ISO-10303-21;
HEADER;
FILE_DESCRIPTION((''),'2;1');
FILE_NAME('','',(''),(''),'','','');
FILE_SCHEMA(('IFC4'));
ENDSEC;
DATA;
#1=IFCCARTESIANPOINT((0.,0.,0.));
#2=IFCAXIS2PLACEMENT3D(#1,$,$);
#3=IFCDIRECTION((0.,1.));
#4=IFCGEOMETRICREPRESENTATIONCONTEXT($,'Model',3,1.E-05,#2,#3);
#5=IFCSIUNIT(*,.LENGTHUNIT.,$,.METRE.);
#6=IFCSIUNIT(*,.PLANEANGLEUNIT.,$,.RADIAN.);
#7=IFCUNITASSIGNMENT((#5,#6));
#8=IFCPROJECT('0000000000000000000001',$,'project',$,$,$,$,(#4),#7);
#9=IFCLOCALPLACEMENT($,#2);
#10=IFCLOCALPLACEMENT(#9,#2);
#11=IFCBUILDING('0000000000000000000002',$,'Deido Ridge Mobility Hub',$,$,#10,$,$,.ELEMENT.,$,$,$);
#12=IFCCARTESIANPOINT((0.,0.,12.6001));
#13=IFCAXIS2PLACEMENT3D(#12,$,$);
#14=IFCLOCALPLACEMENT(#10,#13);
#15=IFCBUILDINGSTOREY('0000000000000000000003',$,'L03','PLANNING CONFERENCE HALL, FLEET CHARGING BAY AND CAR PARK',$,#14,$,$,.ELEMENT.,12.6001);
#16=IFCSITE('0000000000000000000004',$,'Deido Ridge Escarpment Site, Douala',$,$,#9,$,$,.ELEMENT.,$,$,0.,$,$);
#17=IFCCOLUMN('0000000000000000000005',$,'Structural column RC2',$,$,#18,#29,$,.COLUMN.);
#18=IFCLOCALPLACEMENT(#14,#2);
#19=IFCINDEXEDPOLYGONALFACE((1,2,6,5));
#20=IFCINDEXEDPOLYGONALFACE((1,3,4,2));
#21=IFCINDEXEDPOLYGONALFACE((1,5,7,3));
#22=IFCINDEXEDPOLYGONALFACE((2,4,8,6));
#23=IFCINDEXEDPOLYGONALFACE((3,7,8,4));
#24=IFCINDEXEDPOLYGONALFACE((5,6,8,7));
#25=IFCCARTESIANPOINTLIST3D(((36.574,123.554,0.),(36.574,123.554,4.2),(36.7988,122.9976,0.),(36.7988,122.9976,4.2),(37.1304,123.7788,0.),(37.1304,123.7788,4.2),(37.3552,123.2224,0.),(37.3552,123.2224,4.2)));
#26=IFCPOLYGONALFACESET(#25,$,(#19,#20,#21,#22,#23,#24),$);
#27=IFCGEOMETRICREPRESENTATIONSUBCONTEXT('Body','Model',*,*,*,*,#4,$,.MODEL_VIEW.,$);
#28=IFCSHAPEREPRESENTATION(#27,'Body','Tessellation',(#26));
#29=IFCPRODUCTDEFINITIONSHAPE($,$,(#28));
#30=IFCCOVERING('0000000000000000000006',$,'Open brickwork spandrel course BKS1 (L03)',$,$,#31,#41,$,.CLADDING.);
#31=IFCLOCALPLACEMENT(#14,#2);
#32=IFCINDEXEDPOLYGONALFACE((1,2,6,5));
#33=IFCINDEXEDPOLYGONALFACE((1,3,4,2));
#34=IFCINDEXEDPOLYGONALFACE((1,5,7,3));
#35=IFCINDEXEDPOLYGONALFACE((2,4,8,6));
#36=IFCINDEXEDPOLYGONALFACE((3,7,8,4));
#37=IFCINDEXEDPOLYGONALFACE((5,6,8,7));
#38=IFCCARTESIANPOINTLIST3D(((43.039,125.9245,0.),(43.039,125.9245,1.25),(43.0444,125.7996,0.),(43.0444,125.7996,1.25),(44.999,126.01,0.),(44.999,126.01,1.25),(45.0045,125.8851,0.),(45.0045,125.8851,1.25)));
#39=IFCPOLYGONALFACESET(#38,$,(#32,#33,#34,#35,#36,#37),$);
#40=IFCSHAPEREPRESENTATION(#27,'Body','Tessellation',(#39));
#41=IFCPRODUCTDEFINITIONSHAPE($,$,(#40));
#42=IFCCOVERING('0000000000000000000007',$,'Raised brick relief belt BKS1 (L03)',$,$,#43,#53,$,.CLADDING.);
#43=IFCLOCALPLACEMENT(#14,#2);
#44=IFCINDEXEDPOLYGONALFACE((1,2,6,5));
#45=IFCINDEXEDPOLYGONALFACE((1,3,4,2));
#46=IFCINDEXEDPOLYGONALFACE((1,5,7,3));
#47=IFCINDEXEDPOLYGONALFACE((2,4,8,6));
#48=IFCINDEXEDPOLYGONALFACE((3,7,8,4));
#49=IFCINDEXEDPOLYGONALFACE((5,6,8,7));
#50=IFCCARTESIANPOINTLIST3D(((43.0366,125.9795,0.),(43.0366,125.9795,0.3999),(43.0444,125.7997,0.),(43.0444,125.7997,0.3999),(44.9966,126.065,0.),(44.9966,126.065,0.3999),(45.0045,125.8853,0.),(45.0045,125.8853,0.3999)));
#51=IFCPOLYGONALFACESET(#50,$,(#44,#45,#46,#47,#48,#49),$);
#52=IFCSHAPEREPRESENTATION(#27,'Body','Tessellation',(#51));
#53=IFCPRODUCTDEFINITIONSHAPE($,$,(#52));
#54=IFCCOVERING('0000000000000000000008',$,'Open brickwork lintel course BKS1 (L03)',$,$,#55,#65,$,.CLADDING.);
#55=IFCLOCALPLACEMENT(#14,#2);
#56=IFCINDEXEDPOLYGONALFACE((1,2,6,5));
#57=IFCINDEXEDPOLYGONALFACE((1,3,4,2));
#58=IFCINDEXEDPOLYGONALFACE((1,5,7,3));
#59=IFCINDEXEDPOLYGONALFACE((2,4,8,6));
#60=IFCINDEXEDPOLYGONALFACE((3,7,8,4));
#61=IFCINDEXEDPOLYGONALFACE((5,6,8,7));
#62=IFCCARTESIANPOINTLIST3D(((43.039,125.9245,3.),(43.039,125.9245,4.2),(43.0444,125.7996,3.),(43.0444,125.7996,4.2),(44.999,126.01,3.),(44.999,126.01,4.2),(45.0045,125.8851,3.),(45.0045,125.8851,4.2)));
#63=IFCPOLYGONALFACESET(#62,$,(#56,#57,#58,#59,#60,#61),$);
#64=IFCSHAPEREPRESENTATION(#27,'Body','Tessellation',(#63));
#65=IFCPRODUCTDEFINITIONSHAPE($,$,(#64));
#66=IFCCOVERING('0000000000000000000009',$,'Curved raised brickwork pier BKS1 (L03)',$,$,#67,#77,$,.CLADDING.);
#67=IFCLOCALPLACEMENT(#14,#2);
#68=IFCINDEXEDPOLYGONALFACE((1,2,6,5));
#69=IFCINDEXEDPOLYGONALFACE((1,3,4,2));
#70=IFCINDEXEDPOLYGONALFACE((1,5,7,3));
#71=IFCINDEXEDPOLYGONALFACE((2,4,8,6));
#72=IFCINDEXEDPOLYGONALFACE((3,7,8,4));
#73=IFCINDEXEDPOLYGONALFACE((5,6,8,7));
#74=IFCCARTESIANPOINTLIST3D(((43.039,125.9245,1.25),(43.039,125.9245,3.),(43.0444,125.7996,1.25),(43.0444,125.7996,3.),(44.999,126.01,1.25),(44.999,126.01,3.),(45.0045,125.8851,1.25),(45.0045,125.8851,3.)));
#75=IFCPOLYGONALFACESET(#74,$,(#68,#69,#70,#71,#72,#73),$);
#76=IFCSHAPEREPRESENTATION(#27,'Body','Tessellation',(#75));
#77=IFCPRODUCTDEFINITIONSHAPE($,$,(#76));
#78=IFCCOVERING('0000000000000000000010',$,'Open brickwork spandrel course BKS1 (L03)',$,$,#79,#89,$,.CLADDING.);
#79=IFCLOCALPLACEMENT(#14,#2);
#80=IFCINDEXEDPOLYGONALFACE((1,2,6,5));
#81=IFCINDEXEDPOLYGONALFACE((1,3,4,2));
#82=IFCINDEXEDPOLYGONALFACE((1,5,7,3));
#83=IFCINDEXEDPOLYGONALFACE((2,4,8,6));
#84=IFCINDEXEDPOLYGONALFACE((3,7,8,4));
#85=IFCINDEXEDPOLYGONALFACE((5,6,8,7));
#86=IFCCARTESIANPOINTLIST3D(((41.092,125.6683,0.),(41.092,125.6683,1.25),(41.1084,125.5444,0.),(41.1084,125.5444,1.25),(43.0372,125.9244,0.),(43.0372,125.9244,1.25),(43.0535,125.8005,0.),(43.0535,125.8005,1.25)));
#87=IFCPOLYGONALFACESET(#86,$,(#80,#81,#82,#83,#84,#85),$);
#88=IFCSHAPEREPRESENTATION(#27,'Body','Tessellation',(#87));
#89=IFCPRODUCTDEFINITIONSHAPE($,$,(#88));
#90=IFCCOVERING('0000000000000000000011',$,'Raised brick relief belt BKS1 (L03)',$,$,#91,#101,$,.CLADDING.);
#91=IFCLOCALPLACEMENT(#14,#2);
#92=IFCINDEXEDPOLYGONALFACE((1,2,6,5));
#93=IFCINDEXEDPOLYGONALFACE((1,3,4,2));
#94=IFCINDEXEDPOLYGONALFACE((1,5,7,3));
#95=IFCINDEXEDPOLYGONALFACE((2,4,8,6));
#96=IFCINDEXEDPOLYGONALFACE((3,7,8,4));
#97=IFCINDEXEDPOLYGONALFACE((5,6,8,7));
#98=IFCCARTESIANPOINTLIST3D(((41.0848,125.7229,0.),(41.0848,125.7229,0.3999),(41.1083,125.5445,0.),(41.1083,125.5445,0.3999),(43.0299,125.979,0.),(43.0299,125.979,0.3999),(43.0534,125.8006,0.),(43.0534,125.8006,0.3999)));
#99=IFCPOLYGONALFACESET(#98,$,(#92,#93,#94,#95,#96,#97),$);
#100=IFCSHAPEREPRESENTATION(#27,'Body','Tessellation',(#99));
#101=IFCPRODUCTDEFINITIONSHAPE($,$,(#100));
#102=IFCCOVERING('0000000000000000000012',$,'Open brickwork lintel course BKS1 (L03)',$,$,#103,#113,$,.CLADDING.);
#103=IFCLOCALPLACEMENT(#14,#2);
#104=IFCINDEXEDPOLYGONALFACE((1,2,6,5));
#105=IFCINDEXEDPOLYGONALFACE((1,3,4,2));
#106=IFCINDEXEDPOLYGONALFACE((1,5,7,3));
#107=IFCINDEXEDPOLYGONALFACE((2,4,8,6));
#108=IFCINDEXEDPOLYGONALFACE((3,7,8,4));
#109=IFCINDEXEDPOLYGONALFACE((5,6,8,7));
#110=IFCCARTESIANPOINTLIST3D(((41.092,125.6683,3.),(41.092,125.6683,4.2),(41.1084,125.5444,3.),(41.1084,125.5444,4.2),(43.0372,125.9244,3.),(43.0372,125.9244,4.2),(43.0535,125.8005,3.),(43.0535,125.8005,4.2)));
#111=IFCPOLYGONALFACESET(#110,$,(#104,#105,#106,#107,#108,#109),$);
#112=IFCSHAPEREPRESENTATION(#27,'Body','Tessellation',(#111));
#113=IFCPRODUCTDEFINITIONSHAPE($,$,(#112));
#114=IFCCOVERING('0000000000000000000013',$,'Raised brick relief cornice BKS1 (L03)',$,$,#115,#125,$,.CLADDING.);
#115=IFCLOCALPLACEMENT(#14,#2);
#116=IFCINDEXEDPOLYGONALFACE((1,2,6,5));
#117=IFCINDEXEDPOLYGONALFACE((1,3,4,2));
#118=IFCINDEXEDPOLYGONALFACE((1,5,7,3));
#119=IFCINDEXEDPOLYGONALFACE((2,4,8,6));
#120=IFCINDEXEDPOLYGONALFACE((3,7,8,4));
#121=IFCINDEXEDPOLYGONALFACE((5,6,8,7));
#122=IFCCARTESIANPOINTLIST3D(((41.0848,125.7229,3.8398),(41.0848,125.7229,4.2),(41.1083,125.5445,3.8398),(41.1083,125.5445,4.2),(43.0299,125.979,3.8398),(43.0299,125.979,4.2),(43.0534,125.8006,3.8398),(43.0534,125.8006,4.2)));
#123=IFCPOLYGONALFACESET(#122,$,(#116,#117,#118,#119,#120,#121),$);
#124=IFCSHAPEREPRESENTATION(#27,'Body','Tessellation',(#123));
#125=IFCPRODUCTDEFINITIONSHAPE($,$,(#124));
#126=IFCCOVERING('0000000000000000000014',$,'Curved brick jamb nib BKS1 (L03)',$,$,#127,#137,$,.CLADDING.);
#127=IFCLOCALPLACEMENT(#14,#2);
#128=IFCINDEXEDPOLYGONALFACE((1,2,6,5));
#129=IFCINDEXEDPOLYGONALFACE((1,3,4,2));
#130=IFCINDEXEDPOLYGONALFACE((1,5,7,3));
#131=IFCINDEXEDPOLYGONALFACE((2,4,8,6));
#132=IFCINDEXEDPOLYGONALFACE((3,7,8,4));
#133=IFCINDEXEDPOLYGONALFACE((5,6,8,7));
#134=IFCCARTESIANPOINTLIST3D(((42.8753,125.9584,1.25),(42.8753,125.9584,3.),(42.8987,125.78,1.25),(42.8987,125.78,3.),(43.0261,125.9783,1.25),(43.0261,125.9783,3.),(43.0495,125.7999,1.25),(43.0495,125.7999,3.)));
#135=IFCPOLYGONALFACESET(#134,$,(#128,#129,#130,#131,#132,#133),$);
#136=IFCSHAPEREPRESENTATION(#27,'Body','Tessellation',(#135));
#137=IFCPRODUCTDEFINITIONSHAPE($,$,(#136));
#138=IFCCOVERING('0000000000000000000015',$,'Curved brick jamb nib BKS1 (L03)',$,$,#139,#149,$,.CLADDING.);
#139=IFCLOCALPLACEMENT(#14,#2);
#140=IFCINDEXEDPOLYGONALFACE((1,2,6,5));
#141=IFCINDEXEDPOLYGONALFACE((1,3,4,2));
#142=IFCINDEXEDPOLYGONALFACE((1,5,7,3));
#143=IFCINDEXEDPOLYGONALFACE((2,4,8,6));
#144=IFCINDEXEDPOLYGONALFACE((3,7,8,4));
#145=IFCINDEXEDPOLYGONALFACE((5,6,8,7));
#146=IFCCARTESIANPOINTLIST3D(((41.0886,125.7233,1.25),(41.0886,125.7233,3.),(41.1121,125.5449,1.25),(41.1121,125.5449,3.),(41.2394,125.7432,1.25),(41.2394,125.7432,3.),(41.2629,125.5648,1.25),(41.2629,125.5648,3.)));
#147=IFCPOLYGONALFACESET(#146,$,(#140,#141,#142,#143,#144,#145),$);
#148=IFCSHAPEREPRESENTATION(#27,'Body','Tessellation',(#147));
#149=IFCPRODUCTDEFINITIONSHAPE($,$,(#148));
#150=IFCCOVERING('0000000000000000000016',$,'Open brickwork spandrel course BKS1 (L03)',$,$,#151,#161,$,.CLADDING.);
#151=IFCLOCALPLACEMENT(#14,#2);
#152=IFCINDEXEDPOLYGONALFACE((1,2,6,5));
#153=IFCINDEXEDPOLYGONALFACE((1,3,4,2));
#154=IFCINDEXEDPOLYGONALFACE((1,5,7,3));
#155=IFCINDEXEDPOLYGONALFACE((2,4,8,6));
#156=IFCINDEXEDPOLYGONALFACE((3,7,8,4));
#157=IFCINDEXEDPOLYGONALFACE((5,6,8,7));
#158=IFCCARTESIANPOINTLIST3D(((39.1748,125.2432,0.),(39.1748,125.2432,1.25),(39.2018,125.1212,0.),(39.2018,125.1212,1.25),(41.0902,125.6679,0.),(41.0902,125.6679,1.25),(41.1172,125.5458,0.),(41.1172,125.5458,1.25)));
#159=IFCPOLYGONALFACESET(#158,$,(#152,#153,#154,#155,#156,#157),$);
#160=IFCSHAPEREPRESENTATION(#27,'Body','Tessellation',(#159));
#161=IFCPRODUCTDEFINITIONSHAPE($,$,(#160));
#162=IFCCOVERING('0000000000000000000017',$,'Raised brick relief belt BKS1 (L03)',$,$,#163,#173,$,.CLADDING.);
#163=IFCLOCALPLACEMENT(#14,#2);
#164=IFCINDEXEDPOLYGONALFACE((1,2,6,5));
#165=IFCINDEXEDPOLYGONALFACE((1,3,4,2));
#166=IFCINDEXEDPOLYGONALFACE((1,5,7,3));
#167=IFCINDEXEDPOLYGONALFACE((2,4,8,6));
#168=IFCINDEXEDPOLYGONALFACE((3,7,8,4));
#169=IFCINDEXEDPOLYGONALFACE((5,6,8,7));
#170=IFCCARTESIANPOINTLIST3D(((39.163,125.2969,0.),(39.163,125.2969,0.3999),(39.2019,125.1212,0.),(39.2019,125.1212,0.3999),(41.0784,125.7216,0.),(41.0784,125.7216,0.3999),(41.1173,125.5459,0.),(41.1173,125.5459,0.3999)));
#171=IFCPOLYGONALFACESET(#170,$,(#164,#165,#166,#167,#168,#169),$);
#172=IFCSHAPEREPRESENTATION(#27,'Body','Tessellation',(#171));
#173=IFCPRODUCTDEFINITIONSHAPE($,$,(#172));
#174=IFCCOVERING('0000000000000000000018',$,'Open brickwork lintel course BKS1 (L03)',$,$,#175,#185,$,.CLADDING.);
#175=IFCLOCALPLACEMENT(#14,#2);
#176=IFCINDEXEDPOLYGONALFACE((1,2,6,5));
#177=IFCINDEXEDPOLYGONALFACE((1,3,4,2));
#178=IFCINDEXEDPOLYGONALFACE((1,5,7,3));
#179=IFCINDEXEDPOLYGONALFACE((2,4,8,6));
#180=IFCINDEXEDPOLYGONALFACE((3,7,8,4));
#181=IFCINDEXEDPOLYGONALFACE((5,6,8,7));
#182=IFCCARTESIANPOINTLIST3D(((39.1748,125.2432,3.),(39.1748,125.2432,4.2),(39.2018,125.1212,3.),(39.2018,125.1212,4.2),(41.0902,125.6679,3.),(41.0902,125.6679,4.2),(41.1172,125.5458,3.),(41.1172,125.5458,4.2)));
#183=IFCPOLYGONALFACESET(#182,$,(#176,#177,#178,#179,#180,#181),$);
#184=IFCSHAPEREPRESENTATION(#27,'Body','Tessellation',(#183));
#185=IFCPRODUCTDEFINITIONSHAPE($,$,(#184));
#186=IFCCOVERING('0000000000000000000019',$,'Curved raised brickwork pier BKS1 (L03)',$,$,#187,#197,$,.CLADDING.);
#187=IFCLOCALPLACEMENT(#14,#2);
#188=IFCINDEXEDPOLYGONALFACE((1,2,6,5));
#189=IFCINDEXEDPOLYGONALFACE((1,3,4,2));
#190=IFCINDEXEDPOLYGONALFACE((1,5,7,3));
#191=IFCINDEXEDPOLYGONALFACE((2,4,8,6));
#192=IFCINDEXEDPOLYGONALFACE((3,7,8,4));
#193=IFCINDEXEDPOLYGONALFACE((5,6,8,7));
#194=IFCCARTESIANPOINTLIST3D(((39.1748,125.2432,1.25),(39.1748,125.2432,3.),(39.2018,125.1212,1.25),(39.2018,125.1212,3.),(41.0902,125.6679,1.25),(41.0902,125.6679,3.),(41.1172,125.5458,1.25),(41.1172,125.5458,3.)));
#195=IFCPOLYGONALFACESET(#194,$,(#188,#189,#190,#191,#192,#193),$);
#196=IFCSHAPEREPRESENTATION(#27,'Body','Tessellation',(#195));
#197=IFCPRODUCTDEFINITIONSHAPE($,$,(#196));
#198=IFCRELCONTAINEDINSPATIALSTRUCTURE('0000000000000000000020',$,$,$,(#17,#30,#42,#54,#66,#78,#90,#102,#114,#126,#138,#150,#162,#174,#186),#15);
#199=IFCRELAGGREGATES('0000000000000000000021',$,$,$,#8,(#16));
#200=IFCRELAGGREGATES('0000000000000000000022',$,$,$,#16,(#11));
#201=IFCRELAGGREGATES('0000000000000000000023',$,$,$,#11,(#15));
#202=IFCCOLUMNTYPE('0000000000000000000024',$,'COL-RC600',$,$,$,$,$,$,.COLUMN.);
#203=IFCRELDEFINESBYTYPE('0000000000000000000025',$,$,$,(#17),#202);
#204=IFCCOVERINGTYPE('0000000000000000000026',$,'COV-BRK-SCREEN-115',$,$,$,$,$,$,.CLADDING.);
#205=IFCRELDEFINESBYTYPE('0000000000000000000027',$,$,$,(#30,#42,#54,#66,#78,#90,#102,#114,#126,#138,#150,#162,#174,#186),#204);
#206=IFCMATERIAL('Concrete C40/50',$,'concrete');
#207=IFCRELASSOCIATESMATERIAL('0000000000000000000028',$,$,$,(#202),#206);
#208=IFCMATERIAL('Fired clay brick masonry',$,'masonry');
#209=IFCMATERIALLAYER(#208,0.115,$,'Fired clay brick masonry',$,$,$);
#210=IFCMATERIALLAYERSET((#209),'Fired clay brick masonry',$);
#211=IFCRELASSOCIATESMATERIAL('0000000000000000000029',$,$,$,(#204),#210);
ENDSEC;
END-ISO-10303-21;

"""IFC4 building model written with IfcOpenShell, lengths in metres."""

from ifc_helpers import new_model, si_unit, direction, frame, origin, origin_2d, place, context, subcontext, project, spatial, rectangle, extrude, material, layer, layer_set, material_profile, profile_set, type_object, element, save


model = new_model("IFC4")

# Units and contexts
model_context = context("Model", 3, precision=1e-05, world=origin(), true_north=direction((0.0, 1.0)))
body_context = subcontext(model_context, "Body", "Model", "MODEL_VIEW")
ifc_project = project(units=[si_unit("LENGTHUNIT", "METRE"), si_unit("PLANEANGLEUNIT", "RADIAN")], contexts=[model_context])

# Site, building, storey
site_placement = place(None, origin())
site = spatial("IfcSite", under=ifc_project, at=site_placement, Name="Deido Ridge Escarpment Site, Douala", CompositionType="ELEMENT", RefElevation=0.0)
building_placement = place(site_placement, origin())
building = spatial("IfcBuilding", under=site, at=building_placement, Name="Deido Ridge Mobility Hub", CompositionType="ELEMENT")
storey_placement = place(building_placement, frame((0.0, 0.0, 12.6001)))
storey = spatial("IfcBuildingStorey", under=building, at=storey_placement, Name="L03", Description="PLANNING CONFERENCE HALL, FLEET CHARGING BAY AND CAR PARK", CompositionType="ELEMENT", Elevation=12.6001)

# Column
ifc_material_1 = material(Name="Concrete C40/50", Category="concrete")
ifc_material_profile = material_profile(ifc_material_1, rectangle(XDim=0.6001, YDim=0.6001, at=origin_2d()), Name="RC COL 600x600")
ifc_profile_set = profile_set([ifc_material_profile], Name="Concrete C40/50")
column_type = type_object("IfcColumnType", Name="COL-RC600", PredefinedType="COLUMN", material=ifc_profile_set)
column_placement = place(storey_placement, frame((36.9646, 123.3882, 0.0), z_axis=(0.0, 0.0, 1.0), x_axis=(-0.374607, 0.927184, 0.0)))
element("IfcColumn", 1, at=column_placement, inside=storey, type_object=column_type, Name="Structural column RC2", PredefinedType="COLUMN", context=body_context, shape_type="SweptSolid", body=[
    extrude(rectangle(XDim=0.6001, YDim=0.6001, at=origin_2d()), origin(), (0.0, 0.0, 1.0), 4.2),
])

# Coverings
ifc_material_2 = material(Name="Fired clay brick masonry", Category="masonry")
ifc_layer = layer(ifc_material_2, 0.115, Name="Fired clay brick masonry")
ifc_layer_set = layer_set([ifc_layer], Name="Fired clay brick masonry")
covering_type = type_object("IfcCoveringType", Name="COV-BRK-SCREEN-115", PredefinedType="CLADDING", material=ifc_layer_set)
covering_1_placement = place(storey_placement, frame((44.0217, 125.9048, 0.0), z_axis=(0.0, 0.0, 1.0), x_axis=(-0.999049, -0.043602, 0.0)))
element("IfcCovering", 2, at=covering_1_placement, inside=storey, type_object=covering_type, Name="Open brickwork spandrel course BKS1 (L03)", PredefinedType="CLADDING", context=body_context, shape_type="SweptSolid", body=[
    extrude(rectangle(XDim=1.9619, YDim=0.125, at=origin_2d()), origin(), (0.0, 0.0, 1.0), 1.25),
])
covering_2_placement = place(storey_placement, frame((44.0205, 125.9324, 0.0), z_axis=(0.0, 0.0, 1.0), x_axis=(-0.999049, -0.043602, 0.0)))
element("IfcCovering", 3, at=covering_2_placement, inside=storey, type_object=covering_type, Name="Raised brick relief belt BKS1 (L03)", PredefinedType="CLADDING", context=body_context, shape_type="SweptSolid", body=[
    extrude(rectangle(XDim=1.9619, YDim=0.1799, at=origin_2d()), origin(), (0.0, 0.0, 1.0), 0.3999),
])
covering_3_placement = place(storey_placement, frame((44.0217, 125.9048, 3.0), z_axis=(0.0, 0.0, 1.0), x_axis=(-0.999049, -0.043602, 0.0)))
element("IfcCovering", 4, at=covering_3_placement, inside=storey, type_object=covering_type, Name="Open brickwork lintel course BKS1 (L03)", PredefinedType="CLADDING", context=body_context, shape_type="SweptSolid", body=[
    extrude(rectangle(XDim=1.9619, YDim=0.125, at=origin_2d()), origin(), (0.0, 0.0, 1.0), 1.2),
])
covering_4_placement = place(storey_placement, frame((44.0217, 125.9048, 1.25), z_axis=(0.0, 0.0, 1.0), x_axis=(-0.999049, -0.043602, 0.0)))
element("IfcCovering", 5, at=covering_4_placement, inside=storey, type_object=covering_type, Name="Curved raised brickwork pier BKS1 (L03)", PredefinedType="CLADDING", context=body_context, shape_type="SweptSolid", body=[
    extrude(rectangle(XDim=1.9619, YDim=0.125, at=origin_2d()), origin(), (0.0, 0.0, 1.0), 1.75),
])
covering_5_placement = place(storey_placement, frame((42.0728, 125.7344, 0.0), z_axis=(0.0, 0.0, 1.0), x_axis=(-0.991443, -0.130543, 0.0)))
element("IfcCovering", 6, at=covering_5_placement, inside=storey, type_object=covering_type, Name="Open brickwork spandrel course BKS1 (L03)", PredefinedType="CLADDING", context=body_context, shape_type="SweptSolid", body=[
    extrude(rectangle(XDim=1.9619, YDim=0.125, at=origin_2d()), origin(), (0.0, 0.0, 1.0), 1.25),
])
covering_6_placement = place(storey_placement, frame((42.0691, 125.7617, 0.0), z_axis=(0.0, 0.0, 1.0), x_axis=(-0.991443, -0.130543, 0.0)))
element("IfcCovering", 7, at=covering_6_placement, inside=storey, type_object=covering_type, Name="Raised brick relief belt BKS1 (L03)", PredefinedType="CLADDING", context=body_context, shape_type="SweptSolid", body=[
    extrude(rectangle(XDim=1.9619, YDim=0.1799, at=origin_2d()), origin(), (0.0, 0.0, 1.0), 0.3999),
])
covering_7_placement = place(storey_placement, frame((42.0728, 125.7344, 3.0), z_axis=(0.0, 0.0, 1.0), x_axis=(-0.991443, -0.130543, 0.0)))
element("IfcCovering", 8, at=covering_7_placement, inside=storey, type_object=covering_type, Name="Open brickwork lintel course BKS1 (L03)", PredefinedType="CLADDING", context=body_context, shape_type="SweptSolid", body=[
    extrude(rectangle(XDim=1.9619, YDim=0.125, at=origin_2d()), origin(), (0.0, 0.0, 1.0), 1.2),
])
covering_8_placement = place(storey_placement, frame((42.0691, 125.7617, 3.8398), z_axis=(0.0, 0.0, 1.0), x_axis=(-0.991443, -0.130543, 0.0)))
element("IfcCovering", 9, at=covering_8_placement, inside=storey, type_object=covering_type, Name="Raised brick relief cornice BKS1 (L03)", PredefinedType="CLADDING", context=body_context, shape_type="SweptSolid", body=[
    extrude(rectangle(XDim=1.9619, YDim=0.1799, at=origin_2d()), origin(), (0.0, 0.0, 1.0), 0.3601),
])
for number, where, z_axis, x_axis, name in (
    (10, (42.9624, 125.8792, 1.25), (0.0, 0.0, 1.0), (-0.991443, -0.130543, 0.0), "Curved brick jamb nib BKS1 (L03)"),
    (11, (41.1758, 125.644, 1.25), (0.0, 0.0, 1.0), (-0.991443, -0.130543, 0.0), "Curved brick jamb nib BKS1 (L03)"),
):
    element("IfcCovering", number, at=place(storey_placement, frame(where, z_axis=z_axis, x_axis=x_axis)), inside=storey, type_object=covering_type, Name=name, PredefinedType="CLADDING", context=body_context, shape_type="SweptSolid", body=[
        extrude(rectangle(XDim=0.1521, YDim=0.1799, at=origin_2d()), origin(), (0.0, 0.0, 1.0), 1.75),
    ])
covering_9_placement = place(storey_placement, frame((40.146, 125.3945, 0.0), z_axis=(0.0, 0.0, 1.0), x_axis=(-0.976292, -0.216457, 0.0)))
element("IfcCovering", 12, at=covering_9_placement, inside=storey, type_object=covering_type, Name="Open brickwork spandrel course BKS1 (L03)", PredefinedType="CLADDING", context=body_context, shape_type="SweptSolid", body=[
    extrude(rectangle(XDim=1.9619, YDim=0.125, at=origin_2d()), origin(), (0.0, 0.0, 1.0), 1.25),
])
covering_10_placement = place(storey_placement, frame((40.1401, 125.4214, 0.0), z_axis=(0.0, 0.0, 1.0), x_axis=(-0.976292, -0.216457, 0.0)))
element("IfcCovering", 13, at=covering_10_placement, inside=storey, type_object=covering_type, Name="Raised brick relief belt BKS1 (L03)", PredefinedType="CLADDING", context=body_context, shape_type="SweptSolid", body=[
    extrude(rectangle(XDim=1.9619, YDim=0.1799, at=origin_2d()), origin(), (0.0, 0.0, 1.0), 0.3999),
])
covering_11_placement = place(storey_placement, frame((40.146, 125.3945, 3.0), z_axis=(0.0, 0.0, 1.0), x_axis=(-0.976292, -0.216457, 0.0)))
element("IfcCovering", 14, at=covering_11_placement, inside=storey, type_object=covering_type, Name="Open brickwork lintel course BKS1 (L03)", PredefinedType="CLADDING", context=body_context, shape_type="SweptSolid", body=[
    extrude(rectangle(XDim=1.9619, YDim=0.125, at=origin_2d()), origin(), (0.0, 0.0, 1.0), 1.2),
])
covering_12_placement = place(storey_placement, frame((40.146, 125.3945, 1.25), z_axis=(0.0, 0.0, 1.0), x_axis=(-0.976292, -0.216457, 0.0)))
element("IfcCovering", 15, at=covering_12_placement, inside=storey, type_object=covering_type, Name="Curved raised brickwork pier BKS1 (L03)", PredefinedType="CLADDING", context=body_context, shape_type="SweptSolid", body=[
    extrude(rectangle(XDim=1.9619, YDim=0.125, at=origin_2d()), origin(), (0.0, 0.0, 1.0), 1.75),
])

save(model, "model.ifc")
